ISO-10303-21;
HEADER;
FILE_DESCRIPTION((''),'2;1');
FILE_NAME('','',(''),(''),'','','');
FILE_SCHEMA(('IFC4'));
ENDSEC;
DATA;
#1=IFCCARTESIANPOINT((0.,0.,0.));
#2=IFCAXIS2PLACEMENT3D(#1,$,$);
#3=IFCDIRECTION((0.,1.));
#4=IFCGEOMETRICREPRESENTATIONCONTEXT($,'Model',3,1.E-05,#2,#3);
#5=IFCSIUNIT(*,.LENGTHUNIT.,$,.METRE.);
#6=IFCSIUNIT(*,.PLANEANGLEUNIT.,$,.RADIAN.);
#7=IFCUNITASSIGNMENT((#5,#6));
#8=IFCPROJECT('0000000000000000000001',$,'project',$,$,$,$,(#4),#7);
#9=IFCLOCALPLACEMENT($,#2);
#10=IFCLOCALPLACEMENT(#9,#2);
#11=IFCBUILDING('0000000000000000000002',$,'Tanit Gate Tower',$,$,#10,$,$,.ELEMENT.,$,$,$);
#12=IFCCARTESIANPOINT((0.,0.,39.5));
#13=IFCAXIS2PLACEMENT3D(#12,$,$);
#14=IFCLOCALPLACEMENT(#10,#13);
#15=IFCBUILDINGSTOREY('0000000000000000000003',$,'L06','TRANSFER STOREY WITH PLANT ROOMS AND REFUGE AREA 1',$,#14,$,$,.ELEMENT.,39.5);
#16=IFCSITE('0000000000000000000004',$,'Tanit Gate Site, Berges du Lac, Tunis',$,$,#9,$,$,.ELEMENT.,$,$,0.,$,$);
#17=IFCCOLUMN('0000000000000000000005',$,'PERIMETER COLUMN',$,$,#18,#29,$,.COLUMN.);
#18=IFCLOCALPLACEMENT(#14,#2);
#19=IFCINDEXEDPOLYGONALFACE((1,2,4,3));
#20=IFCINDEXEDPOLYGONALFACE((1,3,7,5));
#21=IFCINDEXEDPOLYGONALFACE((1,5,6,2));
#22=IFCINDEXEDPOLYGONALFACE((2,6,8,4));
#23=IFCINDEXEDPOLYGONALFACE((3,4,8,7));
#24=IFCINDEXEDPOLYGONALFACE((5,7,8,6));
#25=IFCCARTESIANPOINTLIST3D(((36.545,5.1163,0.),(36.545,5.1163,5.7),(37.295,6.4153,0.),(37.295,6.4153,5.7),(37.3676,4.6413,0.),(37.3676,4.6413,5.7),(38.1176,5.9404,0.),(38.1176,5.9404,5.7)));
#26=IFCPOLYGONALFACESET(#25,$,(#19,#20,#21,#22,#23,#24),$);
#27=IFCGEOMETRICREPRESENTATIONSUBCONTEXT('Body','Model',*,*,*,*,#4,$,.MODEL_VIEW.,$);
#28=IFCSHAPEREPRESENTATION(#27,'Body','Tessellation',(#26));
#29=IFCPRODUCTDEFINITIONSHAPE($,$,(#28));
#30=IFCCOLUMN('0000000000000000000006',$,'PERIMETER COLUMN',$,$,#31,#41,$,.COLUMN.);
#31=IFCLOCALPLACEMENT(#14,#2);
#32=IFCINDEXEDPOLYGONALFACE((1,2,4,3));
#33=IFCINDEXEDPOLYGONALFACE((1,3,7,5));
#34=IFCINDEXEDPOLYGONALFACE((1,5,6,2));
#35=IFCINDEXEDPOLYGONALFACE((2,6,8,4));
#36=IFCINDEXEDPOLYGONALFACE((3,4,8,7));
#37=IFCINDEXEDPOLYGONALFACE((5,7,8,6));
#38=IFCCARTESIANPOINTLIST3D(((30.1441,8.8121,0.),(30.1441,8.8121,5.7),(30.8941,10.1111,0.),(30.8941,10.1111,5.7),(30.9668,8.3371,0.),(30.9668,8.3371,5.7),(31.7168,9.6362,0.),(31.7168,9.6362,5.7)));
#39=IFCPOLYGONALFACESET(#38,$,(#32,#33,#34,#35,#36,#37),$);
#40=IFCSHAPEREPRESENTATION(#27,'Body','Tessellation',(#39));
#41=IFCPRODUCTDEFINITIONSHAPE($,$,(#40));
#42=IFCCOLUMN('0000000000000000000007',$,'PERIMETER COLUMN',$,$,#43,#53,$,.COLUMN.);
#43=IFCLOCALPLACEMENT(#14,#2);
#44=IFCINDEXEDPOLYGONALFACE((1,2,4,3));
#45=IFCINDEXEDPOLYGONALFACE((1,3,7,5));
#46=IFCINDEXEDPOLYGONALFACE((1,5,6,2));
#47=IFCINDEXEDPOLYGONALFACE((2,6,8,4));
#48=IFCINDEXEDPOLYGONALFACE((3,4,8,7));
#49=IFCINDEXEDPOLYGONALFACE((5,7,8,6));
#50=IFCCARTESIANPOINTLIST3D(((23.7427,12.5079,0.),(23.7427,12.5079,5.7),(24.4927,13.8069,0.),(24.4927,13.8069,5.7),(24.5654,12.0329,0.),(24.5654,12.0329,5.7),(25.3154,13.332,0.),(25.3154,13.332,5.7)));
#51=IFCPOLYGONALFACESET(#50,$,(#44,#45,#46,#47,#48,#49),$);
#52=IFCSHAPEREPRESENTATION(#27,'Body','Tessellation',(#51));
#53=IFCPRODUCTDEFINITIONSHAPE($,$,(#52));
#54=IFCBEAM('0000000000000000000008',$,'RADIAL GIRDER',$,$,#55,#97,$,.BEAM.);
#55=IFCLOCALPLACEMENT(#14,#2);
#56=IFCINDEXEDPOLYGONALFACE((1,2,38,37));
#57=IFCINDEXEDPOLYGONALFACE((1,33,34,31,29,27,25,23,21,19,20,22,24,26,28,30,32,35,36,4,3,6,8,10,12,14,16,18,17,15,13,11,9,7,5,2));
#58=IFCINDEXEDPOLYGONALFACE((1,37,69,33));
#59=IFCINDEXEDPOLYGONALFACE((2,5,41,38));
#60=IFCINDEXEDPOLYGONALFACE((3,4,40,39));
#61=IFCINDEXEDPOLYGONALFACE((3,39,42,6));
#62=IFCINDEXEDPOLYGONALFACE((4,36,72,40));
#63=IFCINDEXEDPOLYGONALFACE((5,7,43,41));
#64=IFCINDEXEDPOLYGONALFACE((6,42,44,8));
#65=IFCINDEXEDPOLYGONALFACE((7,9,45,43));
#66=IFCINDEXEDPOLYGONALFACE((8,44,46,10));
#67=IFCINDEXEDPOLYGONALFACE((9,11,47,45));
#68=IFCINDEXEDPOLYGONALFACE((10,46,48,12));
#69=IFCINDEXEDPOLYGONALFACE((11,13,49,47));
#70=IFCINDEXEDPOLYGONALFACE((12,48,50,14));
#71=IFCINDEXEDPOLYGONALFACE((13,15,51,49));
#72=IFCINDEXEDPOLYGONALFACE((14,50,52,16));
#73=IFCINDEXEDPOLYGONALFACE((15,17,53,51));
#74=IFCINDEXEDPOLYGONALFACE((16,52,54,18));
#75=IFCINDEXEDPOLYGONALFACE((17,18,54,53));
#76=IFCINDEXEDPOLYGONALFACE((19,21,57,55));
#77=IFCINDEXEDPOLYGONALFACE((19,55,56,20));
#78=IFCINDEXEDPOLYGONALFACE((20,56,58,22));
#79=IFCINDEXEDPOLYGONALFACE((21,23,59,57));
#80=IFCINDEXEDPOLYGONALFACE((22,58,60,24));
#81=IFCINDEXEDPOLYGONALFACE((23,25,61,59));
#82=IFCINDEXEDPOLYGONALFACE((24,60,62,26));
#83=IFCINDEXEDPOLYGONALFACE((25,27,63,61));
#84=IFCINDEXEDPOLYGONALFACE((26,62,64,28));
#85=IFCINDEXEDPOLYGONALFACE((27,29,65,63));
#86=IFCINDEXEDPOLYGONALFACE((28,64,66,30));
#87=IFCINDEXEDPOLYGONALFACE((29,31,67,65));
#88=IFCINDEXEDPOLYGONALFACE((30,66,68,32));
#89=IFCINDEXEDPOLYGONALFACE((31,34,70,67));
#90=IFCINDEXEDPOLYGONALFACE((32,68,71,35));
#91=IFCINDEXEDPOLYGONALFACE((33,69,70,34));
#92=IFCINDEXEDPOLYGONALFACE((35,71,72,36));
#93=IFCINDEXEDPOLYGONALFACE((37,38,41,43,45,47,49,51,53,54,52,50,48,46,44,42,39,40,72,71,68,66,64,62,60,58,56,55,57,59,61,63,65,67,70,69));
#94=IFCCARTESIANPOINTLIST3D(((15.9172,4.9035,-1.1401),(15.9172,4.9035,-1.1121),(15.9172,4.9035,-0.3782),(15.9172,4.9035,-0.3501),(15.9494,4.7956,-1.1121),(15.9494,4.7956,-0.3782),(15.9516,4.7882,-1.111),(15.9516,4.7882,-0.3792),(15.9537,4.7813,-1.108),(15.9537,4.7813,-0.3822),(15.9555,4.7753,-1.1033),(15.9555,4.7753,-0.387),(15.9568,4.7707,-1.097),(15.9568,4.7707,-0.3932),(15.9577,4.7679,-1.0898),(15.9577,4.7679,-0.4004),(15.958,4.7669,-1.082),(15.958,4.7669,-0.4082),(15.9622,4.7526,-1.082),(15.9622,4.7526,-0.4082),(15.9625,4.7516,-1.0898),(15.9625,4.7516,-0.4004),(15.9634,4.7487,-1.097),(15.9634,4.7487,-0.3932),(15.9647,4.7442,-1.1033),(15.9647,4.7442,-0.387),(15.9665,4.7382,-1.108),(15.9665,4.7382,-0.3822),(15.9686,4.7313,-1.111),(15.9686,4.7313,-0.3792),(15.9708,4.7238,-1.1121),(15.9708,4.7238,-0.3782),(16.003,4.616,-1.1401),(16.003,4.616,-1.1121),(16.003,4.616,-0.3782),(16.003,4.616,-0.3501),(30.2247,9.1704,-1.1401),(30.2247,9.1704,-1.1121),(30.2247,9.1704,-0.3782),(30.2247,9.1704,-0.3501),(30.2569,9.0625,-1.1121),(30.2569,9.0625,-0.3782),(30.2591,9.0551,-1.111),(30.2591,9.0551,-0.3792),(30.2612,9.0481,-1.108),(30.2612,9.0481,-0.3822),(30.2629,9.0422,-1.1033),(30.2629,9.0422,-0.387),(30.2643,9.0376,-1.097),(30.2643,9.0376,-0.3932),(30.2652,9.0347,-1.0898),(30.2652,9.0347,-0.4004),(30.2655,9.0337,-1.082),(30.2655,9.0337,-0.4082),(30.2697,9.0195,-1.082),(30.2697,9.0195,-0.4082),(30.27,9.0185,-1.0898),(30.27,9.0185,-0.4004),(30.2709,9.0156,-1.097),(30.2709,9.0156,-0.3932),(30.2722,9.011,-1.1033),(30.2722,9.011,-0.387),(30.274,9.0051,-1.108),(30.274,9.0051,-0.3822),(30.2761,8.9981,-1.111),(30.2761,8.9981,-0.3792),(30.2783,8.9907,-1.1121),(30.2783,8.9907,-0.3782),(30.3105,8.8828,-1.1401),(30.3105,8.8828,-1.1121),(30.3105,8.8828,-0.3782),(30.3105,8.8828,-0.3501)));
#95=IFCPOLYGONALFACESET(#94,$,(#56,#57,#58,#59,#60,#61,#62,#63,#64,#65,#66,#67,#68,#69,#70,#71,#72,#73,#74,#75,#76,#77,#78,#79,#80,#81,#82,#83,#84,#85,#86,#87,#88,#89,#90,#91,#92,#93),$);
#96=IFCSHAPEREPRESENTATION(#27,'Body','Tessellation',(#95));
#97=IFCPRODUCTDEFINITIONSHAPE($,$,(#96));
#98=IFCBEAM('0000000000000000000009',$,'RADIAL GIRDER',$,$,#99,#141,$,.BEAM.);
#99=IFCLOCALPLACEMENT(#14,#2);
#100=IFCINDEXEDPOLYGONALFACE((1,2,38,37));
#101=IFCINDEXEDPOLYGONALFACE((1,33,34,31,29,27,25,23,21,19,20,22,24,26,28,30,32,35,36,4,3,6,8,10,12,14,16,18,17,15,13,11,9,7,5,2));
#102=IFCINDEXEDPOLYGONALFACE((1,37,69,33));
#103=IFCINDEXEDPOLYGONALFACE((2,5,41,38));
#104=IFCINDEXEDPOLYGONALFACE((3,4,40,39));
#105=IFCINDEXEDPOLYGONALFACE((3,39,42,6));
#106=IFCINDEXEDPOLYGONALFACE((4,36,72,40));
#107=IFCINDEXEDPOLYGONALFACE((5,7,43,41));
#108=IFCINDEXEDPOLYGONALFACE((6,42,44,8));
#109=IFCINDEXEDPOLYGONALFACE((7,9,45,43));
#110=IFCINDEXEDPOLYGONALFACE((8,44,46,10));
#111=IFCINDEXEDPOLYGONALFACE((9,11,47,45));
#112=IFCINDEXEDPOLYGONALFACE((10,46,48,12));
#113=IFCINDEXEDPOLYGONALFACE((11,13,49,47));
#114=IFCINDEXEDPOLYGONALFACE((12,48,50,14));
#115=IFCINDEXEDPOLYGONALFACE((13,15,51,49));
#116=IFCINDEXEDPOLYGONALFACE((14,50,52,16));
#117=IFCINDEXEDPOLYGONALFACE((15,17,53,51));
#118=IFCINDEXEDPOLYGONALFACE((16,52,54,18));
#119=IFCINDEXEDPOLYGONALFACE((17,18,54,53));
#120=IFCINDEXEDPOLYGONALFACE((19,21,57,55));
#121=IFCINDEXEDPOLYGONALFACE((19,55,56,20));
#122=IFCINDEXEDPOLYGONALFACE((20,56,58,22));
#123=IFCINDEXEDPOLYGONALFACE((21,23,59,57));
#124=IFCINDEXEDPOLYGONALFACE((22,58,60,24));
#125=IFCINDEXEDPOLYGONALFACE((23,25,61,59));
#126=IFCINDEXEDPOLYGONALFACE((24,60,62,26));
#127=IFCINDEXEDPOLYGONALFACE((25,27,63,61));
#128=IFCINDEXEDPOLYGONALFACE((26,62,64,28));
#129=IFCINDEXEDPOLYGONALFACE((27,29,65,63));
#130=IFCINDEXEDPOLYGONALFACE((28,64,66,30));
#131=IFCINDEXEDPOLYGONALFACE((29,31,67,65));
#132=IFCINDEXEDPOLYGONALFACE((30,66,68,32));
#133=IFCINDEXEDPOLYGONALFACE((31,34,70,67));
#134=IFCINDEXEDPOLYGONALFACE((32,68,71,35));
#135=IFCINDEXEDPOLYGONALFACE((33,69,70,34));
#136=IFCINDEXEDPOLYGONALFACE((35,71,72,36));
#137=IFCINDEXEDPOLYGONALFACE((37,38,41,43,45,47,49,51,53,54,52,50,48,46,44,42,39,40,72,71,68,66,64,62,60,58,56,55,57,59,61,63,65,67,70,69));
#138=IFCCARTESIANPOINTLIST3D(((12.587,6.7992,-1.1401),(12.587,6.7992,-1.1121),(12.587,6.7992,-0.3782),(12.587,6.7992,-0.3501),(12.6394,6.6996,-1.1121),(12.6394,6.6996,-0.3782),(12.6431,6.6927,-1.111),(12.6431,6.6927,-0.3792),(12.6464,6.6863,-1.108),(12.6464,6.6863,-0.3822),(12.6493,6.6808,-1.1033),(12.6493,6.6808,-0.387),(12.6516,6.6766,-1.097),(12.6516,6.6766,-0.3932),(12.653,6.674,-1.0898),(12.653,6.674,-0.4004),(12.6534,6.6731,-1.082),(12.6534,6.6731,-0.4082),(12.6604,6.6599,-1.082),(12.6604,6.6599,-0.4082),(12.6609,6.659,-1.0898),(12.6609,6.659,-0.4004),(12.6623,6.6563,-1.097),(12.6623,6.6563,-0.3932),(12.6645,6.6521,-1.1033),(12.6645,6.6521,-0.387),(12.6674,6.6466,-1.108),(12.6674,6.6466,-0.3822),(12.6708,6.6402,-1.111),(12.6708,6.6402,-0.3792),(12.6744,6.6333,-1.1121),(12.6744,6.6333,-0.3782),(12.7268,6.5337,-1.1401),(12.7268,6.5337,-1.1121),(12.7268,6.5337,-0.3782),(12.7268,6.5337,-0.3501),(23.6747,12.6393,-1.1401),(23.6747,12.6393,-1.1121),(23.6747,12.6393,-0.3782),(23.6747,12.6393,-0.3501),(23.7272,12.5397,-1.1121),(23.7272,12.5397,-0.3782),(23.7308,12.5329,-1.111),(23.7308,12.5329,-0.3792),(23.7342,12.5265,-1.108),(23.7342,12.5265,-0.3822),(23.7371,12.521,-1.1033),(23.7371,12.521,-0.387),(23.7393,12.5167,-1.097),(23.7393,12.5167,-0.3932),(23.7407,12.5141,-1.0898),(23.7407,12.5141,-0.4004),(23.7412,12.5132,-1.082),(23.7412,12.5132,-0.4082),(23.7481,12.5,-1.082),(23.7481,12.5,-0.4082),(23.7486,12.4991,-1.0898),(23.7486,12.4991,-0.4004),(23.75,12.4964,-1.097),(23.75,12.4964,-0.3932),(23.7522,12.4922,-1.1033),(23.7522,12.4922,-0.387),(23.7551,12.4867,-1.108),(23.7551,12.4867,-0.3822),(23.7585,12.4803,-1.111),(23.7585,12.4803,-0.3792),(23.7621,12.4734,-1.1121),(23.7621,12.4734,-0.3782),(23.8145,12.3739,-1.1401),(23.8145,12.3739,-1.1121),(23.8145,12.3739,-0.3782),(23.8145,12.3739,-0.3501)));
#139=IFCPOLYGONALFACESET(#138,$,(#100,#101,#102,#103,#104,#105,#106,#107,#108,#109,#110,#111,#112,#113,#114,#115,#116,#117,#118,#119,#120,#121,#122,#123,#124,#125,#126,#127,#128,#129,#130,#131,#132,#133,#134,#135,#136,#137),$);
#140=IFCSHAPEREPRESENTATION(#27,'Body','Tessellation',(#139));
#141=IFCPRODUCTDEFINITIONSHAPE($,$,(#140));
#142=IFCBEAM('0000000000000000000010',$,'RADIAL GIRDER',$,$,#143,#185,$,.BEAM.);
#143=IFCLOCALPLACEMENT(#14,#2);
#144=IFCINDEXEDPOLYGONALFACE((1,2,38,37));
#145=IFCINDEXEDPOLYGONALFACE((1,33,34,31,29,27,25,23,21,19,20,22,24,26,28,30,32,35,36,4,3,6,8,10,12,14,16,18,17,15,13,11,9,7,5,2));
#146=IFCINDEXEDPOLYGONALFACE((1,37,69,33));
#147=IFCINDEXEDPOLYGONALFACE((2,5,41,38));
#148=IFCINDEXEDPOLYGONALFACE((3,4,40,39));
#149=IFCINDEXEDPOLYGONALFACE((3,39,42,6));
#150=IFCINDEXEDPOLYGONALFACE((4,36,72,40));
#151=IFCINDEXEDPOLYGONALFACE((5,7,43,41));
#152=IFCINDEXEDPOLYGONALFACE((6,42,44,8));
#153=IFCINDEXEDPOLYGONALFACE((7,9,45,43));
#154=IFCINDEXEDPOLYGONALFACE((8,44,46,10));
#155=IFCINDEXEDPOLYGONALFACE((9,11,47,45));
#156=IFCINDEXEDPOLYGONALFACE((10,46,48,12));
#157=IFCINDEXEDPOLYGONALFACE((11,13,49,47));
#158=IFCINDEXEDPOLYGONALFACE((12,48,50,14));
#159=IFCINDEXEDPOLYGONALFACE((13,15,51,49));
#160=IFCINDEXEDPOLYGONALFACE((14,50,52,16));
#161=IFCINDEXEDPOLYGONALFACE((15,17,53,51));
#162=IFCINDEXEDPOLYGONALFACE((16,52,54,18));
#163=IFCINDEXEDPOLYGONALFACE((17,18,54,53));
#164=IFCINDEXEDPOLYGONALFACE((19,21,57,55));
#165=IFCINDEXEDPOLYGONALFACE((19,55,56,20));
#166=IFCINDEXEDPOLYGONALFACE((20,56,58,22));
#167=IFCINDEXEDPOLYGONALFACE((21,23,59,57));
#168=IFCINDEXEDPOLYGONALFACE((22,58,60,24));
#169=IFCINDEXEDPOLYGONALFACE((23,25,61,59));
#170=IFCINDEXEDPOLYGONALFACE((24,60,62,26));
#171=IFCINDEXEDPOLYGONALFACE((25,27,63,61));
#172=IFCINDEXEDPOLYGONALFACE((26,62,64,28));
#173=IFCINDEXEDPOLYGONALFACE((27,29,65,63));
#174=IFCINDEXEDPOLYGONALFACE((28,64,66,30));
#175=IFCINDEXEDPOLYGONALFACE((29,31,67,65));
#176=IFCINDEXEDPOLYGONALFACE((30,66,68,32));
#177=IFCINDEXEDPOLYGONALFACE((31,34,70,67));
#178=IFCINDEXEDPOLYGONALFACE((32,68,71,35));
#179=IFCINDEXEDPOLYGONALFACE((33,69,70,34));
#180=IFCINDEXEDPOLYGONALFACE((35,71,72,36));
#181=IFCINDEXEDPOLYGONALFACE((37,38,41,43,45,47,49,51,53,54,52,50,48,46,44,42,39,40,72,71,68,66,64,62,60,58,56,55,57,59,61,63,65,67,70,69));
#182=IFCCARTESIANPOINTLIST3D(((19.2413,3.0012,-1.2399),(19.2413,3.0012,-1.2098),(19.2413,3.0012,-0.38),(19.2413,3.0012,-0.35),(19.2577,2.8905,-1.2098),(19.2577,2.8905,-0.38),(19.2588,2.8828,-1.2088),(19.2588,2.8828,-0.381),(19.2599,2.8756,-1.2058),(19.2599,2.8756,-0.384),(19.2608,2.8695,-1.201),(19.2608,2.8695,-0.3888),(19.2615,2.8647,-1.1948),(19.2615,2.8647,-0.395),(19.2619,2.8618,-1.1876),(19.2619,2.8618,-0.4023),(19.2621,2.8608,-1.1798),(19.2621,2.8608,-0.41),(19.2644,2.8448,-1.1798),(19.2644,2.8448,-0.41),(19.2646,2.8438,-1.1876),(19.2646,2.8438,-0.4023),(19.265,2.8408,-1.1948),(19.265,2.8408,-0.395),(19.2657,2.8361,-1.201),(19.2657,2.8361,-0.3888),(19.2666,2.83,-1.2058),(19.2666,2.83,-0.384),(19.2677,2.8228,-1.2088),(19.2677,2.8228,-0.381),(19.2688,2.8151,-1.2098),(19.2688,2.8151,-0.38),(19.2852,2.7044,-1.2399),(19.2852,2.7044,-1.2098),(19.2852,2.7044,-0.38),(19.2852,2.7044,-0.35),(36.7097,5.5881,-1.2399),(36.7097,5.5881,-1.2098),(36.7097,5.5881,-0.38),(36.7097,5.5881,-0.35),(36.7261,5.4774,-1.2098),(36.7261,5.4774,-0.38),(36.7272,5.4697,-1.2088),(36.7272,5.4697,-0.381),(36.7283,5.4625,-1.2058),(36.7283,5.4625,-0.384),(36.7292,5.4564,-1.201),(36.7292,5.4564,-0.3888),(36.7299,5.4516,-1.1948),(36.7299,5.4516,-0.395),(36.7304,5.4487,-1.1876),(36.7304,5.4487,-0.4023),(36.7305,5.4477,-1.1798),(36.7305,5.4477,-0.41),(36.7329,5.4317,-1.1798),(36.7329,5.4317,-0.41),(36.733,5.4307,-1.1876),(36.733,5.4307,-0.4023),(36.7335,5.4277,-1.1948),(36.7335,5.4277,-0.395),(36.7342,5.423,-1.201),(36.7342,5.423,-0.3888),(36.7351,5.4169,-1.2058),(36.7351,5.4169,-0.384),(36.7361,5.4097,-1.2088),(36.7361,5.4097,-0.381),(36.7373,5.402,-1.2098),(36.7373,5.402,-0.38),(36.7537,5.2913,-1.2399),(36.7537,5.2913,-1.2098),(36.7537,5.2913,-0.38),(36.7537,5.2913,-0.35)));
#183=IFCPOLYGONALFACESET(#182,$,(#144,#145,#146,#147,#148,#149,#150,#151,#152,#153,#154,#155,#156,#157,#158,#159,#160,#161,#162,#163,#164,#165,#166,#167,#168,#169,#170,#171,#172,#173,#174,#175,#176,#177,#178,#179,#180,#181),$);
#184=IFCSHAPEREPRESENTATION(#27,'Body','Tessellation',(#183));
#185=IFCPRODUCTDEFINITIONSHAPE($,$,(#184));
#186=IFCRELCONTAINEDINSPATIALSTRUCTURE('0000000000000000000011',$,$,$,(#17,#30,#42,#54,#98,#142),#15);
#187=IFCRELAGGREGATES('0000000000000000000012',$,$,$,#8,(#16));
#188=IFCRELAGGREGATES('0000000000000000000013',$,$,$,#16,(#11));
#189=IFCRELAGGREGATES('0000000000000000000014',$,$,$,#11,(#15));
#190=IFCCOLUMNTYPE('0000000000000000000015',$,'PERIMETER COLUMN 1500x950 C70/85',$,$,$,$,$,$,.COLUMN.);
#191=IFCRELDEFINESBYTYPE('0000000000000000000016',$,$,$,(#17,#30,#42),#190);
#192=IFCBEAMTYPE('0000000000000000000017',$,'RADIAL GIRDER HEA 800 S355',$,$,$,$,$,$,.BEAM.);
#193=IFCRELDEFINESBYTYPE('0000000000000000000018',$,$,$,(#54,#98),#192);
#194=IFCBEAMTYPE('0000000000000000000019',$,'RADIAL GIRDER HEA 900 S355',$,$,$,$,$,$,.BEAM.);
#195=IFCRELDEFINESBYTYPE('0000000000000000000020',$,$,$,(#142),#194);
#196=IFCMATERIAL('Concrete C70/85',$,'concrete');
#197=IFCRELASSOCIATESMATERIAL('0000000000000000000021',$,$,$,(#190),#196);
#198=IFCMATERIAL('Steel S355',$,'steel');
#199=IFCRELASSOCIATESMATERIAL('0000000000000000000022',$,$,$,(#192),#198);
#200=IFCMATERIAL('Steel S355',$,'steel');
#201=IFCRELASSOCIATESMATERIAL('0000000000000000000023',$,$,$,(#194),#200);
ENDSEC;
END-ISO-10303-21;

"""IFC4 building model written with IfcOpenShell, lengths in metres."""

from ifc_helpers import new_model, si_unit, direction, frame, origin, origin_2d, place, context, subcontext, project, spatial, rectangle, i_section, extrude, material, material_profile, profile_set, type_object, element, save


model = new_model("IFC4")

# Units and contexts
model_context = context("Model", 3, precision=1e-05, world=origin(), true_north=direction((0.0, 1.0)))
body_context = subcontext(model_context, "Body", "Model", "MODEL_VIEW")
ifc_project = project(units=[si_unit("LENGTHUNIT", "METRE"), si_unit("PLANEANGLEUNIT", "RADIAN")], contexts=[model_context])

# Site, building, storey
site_placement = place(None, origin())
site = spatial("IfcSite", under=ifc_project, at=site_placement, Name="Tanit Gate Site, Berges du Lac, Tunis", CompositionType="ELEMENT", RefElevation=0.0)
building_placement = place(site_placement, origin())
building = spatial("IfcBuilding", under=site, at=building_placement, Name="Tanit Gate Tower", CompositionType="ELEMENT")
storey_placement = place(building_placement, frame((0.0, 0.0, 39.5)))
storey = spatial("IfcBuildingStorey", under=building, at=storey_placement, Name="L06", Description="TRANSFER STOREY WITH PLANT ROOMS AND REFUGE AREA 1", CompositionType="ELEMENT", Elevation=39.5)

# Columns
ifc_material_1 = material(Name="Concrete C70/85", Category="concrete")
ifc_material_profile_1 = material_profile(ifc_material_1, rectangle(XDim=1.5, YDim=0.95, at=origin_2d()), Name="RC 1500x950")
ifc_profile_set_1 = profile_set([ifc_material_profile_1], Name="Concrete C70/85")
column_type = type_object("IfcColumnType", Name="PERIMETER COLUMN 1500x950 C70/85", PredefinedType="COLUMN", material=ifc_profile_set_1)
for number, where, z_axis, x_axis, name in (
    (1, (37.3313, 5.5283, 0.0), (0.0, 0.0, 1.0), (0.5, 0.866025, 0.0), "PERIMETER COLUMN"),
    (2, (30.9304, 9.2241, 0.0), (0.0, 0.0, 1.0), (0.5, 0.866025, 0.0), "PERIMETER COLUMN"),
    (3, (24.5291, 12.9199, 0.0), (0.0, 0.0, 1.0), (0.5, 0.866025, 0.0), "PERIMETER COLUMN"),
):
    element("IfcColumn", number, at=place(storey_placement, frame(where, z_axis=z_axis, x_axis=x_axis)), inside=storey, type_object=column_type, Name=name, PredefinedType="COLUMN", context=body_context, shape_type="SweptSolid", body=[
        extrude(rectangle(XDim=1.5, YDim=0.95, at=origin_2d()), origin(), (0.0, 0.0, 1.0), 5.7),
    ])

# Beams
ifc_material_2 = material(Name="Steel S355", Category="steel")
ifc_material_profile_2 = material_profile(ifc_material_2, i_section(OverallWidth=0.3, OverallDepth=0.79, WebThickness=0.0149, FlangeThickness=0.0281, FilletRadius=0.03, at=origin_2d()), Name="HEA 800")
ifc_profile_set_2 = profile_set([ifc_material_profile_2], Name="Steel S355")
beam_type_1 = type_object("IfcBeamType", Name="RADIAL GIRDER HEA 800 S355", PredefinedType="BEAM", material=ifc_profile_set_2)
beam_1_placement = place(storey_placement, frame((30.2676, 9.0266, -0.7451), z_axis=(-0.958293, -0.285789, 0.0), x_axis=(0.285789, -0.958293, 0.0)))
element("IfcBeam", 4, at=beam_1_placement, inside=storey, type_object=beam_type_1, Name="RADIAL GIRDER", PredefinedType="BEAM", context=body_context, shape_type="SweptSolid", body=[
    extrude(i_section(OverallWidth=0.3, OverallDepth=0.79, WebThickness=0.0149, FlangeThickness=0.0281, FilletRadius=0.03, at=origin_2d()), origin(), (0.0, 0.0, 1.0), 14.9302),
])
beam_2_placement = place(storey_placement, frame((23.7446, 12.5066, -0.7451), z_axis=(-0.884771, -0.466027, 0.0), x_axis=(0.466027, -0.884771, 0.0)))
element("IfcBeam", 5, at=beam_2_placement, inside=storey, type_object=beam_type_1, Name="RADIAL GIRDER", PredefinedType="BEAM", context=body_context, shape_type="SweptSolid", body=[
    extrude(i_section(OverallWidth=0.3, OverallDepth=0.79, WebThickness=0.0149, FlangeThickness=0.0281, FilletRadius=0.03, at=origin_2d()), origin(), (0.0, 0.0, 1.0), 12.5317),
])
ifc_material_3 = material(Name="Steel S355", Category="steel")
ifc_material_profile_3 = material_profile(ifc_material_3, i_section(OverallWidth=0.3, OverallDepth=0.8899, WebThickness=0.0161, FlangeThickness=0.03, FilletRadius=0.03, at=origin_2d()), Name="HEA 900")
ifc_profile_set_3 = profile_set([ifc_material_profile_3], Name="Steel S355")
beam_type_2 = type_object("IfcBeamType", Name="RADIAL GIRDER HEA 900 S355", PredefinedType="BEAM", material=ifc_profile_set_3)
beam_3_placement = place(storey_placement, frame((36.7317, 5.4397, -0.7949), z_axis=(-0.989212, -0.146493, 0.0), x_axis=(0.146493, -0.989212, 0.0)))
element("IfcBeam", 6, at=beam_3_placement, inside=storey, type_object=beam_type_2, Name="RADIAL GIRDER", PredefinedType="BEAM", context=body_context, shape_type="SweptSolid", body=[
    extrude(i_section(OverallWidth=0.3, OverallDepth=0.8899, WebThickness=0.0161, FlangeThickness=0.03, FilletRadius=0.03, at=origin_2d()), origin(), (0.0, 0.0, 1.0), 17.6589),
])

save(model, "model.ifc")
